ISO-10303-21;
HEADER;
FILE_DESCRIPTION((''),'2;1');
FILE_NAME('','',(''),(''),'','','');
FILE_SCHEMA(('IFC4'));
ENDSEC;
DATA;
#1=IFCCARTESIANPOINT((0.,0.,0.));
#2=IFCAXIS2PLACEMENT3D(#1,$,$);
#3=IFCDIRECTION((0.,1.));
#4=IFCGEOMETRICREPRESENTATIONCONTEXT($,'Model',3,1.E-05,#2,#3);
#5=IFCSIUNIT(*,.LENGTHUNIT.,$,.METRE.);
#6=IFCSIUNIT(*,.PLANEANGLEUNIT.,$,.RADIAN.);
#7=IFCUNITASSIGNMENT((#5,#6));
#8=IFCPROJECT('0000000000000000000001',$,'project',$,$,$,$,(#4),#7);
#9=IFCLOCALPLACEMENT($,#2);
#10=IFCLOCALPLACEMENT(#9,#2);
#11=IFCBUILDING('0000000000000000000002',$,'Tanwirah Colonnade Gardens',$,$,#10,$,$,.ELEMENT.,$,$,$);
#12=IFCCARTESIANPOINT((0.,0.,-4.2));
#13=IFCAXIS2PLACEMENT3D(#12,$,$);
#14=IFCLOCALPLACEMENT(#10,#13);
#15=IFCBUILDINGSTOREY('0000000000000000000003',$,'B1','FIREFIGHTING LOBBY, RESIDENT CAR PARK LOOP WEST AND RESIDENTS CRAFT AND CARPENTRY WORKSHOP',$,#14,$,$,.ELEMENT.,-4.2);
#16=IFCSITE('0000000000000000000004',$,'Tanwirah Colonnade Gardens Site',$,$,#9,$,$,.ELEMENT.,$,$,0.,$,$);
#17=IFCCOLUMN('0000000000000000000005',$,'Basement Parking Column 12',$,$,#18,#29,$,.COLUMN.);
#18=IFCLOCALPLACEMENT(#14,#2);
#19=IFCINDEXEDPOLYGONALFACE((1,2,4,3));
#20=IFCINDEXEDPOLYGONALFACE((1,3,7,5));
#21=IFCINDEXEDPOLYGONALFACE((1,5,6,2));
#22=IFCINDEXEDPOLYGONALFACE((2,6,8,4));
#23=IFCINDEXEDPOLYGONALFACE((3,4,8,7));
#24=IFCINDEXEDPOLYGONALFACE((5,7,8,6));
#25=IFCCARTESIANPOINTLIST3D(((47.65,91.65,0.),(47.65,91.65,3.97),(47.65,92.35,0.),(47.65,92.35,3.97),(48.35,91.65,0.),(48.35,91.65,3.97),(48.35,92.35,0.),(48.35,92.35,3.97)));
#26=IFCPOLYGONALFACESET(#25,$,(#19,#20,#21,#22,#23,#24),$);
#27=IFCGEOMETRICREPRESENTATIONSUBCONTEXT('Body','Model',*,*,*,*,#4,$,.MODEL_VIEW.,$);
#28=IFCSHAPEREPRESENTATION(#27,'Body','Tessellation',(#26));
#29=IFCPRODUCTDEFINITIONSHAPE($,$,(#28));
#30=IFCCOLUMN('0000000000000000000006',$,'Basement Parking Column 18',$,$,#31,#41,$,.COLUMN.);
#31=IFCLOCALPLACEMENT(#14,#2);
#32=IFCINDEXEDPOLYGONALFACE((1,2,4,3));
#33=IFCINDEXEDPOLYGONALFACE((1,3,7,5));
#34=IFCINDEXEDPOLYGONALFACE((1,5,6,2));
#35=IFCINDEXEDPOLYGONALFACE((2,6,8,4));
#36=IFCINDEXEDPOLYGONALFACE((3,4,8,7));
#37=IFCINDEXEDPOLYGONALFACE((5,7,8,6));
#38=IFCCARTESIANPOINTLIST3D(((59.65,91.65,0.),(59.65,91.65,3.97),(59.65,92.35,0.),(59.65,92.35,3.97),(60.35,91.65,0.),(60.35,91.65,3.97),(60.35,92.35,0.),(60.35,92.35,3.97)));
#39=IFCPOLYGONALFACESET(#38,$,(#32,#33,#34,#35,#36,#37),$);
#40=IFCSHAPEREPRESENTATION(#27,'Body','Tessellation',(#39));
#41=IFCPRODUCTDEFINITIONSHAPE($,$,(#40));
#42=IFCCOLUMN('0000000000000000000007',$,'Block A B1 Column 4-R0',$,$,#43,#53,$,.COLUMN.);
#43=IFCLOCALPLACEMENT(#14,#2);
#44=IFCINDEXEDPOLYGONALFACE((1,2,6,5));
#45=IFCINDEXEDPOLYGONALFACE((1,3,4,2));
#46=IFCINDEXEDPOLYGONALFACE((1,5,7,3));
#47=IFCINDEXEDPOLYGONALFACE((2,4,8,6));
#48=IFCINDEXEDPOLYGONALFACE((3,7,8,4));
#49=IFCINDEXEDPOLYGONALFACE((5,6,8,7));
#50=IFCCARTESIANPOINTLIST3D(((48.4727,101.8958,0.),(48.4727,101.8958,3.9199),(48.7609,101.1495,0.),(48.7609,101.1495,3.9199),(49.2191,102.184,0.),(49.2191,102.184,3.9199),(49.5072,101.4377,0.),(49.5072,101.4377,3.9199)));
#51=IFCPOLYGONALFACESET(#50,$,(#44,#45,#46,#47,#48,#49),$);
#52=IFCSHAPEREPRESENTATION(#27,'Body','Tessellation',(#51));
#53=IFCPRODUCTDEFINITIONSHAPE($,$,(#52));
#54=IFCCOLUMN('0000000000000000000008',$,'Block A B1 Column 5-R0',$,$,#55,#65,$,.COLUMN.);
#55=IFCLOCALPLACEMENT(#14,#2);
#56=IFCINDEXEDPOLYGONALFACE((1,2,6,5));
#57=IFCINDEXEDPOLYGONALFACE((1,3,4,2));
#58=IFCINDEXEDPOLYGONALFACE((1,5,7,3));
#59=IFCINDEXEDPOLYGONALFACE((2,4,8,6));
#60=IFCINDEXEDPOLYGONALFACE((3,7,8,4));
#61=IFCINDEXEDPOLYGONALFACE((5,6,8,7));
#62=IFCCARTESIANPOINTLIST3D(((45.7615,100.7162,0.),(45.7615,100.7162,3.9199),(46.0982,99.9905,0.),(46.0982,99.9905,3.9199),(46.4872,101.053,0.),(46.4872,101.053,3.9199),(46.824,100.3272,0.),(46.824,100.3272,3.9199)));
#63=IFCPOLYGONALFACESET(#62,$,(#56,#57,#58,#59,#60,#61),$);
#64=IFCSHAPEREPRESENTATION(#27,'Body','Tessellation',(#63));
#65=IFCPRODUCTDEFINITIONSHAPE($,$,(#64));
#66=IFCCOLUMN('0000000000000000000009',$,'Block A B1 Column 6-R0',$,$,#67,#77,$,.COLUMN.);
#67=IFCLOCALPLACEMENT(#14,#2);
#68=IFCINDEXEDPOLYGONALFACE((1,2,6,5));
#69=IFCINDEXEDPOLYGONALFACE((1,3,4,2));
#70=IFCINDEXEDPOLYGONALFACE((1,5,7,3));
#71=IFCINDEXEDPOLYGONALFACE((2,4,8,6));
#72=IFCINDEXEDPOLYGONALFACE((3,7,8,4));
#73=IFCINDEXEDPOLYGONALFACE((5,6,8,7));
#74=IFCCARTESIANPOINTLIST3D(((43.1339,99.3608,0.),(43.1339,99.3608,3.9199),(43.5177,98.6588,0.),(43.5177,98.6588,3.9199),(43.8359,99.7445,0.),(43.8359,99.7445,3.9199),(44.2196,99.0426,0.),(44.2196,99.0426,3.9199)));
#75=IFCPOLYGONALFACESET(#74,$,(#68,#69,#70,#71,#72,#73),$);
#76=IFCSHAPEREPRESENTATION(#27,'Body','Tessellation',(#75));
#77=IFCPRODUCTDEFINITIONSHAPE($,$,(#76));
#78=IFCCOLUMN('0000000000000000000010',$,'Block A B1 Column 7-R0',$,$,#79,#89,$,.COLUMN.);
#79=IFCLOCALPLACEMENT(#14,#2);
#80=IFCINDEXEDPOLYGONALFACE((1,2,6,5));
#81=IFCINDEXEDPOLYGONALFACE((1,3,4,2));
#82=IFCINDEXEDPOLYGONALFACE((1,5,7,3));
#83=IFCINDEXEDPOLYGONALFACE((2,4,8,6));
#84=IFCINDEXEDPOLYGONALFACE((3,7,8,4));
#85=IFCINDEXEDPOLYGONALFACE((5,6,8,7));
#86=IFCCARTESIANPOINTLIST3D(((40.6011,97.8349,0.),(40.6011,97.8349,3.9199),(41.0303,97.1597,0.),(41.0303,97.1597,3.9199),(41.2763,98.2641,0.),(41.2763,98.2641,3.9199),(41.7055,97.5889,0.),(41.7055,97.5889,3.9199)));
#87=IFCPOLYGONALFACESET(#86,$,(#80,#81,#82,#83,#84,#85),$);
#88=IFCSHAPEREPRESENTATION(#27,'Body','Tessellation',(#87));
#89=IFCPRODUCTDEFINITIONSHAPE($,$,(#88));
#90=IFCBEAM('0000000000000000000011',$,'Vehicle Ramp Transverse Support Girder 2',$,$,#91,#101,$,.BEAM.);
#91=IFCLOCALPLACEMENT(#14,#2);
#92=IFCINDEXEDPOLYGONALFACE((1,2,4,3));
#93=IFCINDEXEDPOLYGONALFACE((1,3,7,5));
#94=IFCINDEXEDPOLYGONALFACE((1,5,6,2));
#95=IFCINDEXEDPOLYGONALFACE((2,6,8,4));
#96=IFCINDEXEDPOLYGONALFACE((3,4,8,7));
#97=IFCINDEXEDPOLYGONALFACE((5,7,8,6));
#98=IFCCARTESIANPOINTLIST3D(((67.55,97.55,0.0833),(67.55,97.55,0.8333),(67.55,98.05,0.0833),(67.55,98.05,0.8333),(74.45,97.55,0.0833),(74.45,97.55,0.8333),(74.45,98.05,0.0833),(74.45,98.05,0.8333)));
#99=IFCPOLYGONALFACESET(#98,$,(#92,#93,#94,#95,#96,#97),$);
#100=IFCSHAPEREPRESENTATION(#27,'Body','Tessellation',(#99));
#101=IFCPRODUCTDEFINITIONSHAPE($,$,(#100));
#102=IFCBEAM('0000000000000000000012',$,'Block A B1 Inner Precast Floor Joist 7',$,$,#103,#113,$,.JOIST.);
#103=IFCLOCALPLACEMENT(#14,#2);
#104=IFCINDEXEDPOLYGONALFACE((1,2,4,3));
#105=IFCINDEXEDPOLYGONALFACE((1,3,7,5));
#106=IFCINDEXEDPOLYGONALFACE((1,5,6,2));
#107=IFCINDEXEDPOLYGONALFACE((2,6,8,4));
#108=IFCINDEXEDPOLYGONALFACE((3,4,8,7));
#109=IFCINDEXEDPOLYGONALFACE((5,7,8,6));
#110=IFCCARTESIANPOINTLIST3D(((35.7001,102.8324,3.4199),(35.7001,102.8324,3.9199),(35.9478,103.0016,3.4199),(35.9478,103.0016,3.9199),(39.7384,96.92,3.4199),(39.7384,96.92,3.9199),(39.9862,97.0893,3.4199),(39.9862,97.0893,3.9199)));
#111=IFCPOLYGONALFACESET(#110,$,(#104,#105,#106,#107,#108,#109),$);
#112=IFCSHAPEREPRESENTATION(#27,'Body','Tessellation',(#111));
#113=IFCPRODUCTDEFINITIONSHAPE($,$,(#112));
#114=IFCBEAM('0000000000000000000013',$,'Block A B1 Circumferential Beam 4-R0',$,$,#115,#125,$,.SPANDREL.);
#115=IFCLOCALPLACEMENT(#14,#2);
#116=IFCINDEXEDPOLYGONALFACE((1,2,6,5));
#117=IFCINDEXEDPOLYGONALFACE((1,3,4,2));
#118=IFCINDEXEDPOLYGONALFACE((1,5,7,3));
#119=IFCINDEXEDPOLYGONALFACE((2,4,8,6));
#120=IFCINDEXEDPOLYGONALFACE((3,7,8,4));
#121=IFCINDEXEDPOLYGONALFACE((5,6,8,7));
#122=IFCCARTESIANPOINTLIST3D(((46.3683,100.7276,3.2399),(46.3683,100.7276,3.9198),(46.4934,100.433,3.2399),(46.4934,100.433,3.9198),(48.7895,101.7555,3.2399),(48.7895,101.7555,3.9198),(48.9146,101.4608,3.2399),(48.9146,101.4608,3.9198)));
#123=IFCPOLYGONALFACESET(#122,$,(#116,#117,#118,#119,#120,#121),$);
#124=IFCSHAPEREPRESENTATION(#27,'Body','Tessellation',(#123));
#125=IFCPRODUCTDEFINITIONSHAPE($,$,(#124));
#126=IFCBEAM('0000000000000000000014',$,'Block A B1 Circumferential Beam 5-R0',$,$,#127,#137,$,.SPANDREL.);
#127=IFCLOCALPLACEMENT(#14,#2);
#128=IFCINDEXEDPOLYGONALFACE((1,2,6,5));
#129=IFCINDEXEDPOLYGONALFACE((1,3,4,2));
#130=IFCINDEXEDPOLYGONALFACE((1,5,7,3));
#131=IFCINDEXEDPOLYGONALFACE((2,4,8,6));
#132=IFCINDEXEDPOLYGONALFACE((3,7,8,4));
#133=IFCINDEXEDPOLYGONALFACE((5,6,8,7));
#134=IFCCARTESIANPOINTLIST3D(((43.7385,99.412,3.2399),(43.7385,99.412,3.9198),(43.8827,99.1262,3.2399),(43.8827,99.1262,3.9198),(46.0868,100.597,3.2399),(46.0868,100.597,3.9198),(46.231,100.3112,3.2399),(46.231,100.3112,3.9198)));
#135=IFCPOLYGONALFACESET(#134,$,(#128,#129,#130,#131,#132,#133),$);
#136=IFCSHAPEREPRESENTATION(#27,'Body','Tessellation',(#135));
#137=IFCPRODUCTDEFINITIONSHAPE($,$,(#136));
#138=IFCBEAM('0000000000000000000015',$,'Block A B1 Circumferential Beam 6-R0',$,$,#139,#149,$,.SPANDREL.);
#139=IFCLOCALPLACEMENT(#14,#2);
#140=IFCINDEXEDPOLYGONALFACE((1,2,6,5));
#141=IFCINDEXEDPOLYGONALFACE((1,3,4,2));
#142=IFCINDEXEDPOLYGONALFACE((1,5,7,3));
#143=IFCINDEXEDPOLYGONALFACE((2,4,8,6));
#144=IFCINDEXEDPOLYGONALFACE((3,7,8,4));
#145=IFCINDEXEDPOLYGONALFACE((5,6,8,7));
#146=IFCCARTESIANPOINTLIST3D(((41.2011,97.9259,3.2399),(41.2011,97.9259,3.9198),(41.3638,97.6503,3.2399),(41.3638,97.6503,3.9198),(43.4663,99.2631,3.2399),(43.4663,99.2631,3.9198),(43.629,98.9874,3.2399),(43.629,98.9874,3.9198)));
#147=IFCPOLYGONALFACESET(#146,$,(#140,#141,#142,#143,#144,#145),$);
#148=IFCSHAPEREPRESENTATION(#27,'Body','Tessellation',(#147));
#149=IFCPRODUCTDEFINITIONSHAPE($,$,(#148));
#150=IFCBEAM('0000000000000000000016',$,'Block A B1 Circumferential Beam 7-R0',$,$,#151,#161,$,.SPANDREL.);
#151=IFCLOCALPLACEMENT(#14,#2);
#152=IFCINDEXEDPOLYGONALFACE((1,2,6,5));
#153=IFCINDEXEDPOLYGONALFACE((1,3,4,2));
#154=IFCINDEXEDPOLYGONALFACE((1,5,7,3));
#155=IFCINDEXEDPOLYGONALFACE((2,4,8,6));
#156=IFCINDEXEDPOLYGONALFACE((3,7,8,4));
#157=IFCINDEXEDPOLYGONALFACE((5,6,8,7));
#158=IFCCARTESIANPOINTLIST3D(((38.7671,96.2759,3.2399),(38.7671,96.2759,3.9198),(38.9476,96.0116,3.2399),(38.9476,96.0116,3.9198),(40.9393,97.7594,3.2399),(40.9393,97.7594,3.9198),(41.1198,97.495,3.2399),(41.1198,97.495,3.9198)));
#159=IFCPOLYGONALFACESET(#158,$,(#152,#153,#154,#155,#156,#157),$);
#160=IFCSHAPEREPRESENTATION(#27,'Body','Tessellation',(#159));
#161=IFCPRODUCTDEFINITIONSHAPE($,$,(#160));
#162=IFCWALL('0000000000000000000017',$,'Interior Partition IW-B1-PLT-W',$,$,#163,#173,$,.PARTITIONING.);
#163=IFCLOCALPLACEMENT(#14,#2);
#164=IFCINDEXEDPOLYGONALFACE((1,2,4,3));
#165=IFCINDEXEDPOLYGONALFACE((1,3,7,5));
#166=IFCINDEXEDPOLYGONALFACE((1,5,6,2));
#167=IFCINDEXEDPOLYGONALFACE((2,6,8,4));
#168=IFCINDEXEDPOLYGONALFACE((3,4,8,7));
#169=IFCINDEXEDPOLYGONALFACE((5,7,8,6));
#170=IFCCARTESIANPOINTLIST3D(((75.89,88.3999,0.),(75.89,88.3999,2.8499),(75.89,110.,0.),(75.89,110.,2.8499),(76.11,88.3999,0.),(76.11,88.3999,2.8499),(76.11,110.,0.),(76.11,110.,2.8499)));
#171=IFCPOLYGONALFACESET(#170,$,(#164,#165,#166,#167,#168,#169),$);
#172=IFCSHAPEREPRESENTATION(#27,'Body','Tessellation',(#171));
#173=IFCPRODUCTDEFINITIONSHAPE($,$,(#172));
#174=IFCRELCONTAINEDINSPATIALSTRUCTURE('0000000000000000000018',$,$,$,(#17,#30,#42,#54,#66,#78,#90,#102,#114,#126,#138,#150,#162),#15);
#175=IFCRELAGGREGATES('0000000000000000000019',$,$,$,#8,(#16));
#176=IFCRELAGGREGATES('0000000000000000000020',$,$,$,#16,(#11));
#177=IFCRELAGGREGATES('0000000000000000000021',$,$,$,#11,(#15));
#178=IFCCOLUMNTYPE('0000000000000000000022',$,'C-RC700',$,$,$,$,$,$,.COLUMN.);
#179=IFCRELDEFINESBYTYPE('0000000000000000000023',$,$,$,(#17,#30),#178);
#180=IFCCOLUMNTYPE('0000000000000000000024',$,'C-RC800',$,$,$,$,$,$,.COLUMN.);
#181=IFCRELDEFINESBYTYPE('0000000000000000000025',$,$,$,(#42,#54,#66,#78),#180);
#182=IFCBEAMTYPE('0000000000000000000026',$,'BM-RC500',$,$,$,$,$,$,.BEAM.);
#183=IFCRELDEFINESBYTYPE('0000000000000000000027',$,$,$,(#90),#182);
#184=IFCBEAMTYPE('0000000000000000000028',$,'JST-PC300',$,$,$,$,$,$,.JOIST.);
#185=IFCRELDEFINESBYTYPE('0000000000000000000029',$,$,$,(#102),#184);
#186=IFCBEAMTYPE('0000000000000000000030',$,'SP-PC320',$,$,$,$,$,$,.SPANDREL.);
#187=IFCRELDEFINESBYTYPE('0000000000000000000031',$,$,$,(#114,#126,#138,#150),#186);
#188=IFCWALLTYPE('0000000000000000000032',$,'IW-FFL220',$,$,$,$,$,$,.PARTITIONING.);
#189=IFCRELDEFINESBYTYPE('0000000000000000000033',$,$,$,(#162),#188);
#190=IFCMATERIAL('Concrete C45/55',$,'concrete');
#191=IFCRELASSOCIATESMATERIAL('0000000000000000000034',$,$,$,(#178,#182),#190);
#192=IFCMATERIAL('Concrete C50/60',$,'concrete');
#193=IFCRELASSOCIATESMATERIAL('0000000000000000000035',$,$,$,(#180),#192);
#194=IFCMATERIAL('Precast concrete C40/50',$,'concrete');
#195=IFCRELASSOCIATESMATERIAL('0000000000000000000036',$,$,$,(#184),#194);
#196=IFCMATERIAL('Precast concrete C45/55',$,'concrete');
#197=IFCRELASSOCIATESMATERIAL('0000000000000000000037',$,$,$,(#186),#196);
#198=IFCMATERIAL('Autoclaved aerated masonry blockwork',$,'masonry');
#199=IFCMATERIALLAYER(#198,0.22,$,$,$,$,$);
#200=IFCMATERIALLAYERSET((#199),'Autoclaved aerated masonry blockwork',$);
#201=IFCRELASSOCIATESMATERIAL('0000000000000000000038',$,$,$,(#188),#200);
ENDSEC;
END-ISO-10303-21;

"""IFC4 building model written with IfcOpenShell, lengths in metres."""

from ifc_helpers import new_model, si_unit, direction, frame, frame_2d, origin, origin_2d, place, context, subcontext, project, spatial, rectangle, extrude, material, layer, layer_set, material_profile, profile_set, type_object, element, save


model = new_model("IFC4")

# Units and contexts
model_context = context("Model", 3, precision=1e-05, world=origin(), true_north=direction((0.0, 1.0)))
body_context = subcontext(model_context, "Body", "Model", "MODEL_VIEW")
ifc_project = project(units=[si_unit("LENGTHUNIT", "METRE"), si_unit("PLANEANGLEUNIT", "RADIAN")], contexts=[model_context])

# Site, building, storey
site_placement = place(None, origin())
site = spatial("IfcSite", under=ifc_project, at=site_placement, Name="Tanwirah Colonnade Gardens Site", CompositionType="ELEMENT", RefElevation=0.0)
building_placement = place(site_placement, origin())
building = spatial("IfcBuilding", under=site, at=building_placement, Name="Tanwirah Colonnade Gardens", CompositionType="ELEMENT")
storey_placement = place(building_placement, frame((0.0, 0.0, -4.2)))
storey = spatial("IfcBuildingStorey", under=building, at=storey_placement, Name="B1", Description="FIREFIGHTING LOBBY, RESIDENT CAR PARK LOOP WEST AND RESIDENTS CRAFT AND CARPENTRY WORKSHOP", CompositionType="ELEMENT", Elevation=-4.2)

# Shared definitions
ifc_material_1 = material(Name="Concrete C45/55", Category="concrete")

# Columns
ifc_material_profile_1 = material_profile(ifc_material_1, rectangle(XDim=0.7, YDim=0.7, at=origin_2d()), Name="RC-COL 700x700")
ifc_profile_set_1 = profile_set([ifc_material_profile_1], Name="Concrete C45/55")
column_type_1 = type_object("IfcColumnType", Name="C-RC700", PredefinedType="COLUMN", material=ifc_profile_set_1)
for number, where, z_axis, x_axis, name in (
    (1, (48.0, 92.0, 0.0), (0.0, 0.0, 1.0), (1.0, 0.0, 0.0), "Basement Parking Column 12"),
    (2, (60.0, 92.0, 0.0), (0.0, 0.0, 1.0), (1.0, 0.0, 0.0), "Basement Parking Column 18"),
):
    element("IfcColumn", number, at=place(storey_placement, frame(where, z_axis=z_axis, x_axis=x_axis)), inside=storey, type_object=column_type_1, Name=name, PredefinedType="COLUMN", context=body_context, shape_type="SweptSolid", body=[
        extrude(rectangle(XDim=0.7, YDim=0.7, at=origin_2d()), origin(), (0.0, 0.0, 1.0), 3.97),
    ])
ifc_material_2 = material(Name="Concrete C50/60", Category="concrete")
ifc_material_profile_2 = material_profile(ifc_material_2, rectangle(XDim=0.8, YDim=0.8, at=origin_2d()), Name="RC-COL 800x800")
ifc_profile_set_2 = profile_set([ifc_material_profile_2], Name="Concrete C50/60")
column_type_2 = type_object("IfcColumnType", Name="C-RC800", PredefinedType="COLUMN", material=ifc_profile_set_2)
for number, where, z_axis, x_axis, name in (
    (3, (48.99, 101.6667, 0.0), (0.0, 0.0, 1.0), (-0.360178, 0.932884, 0.0), "Block A B1 Column 4-R0"),
    (4, (46.2927, 100.5217, 0.0), (0.0, 0.0, 1.0), (-0.42086, 0.907126, 0.0), "Block A B1 Column 5-R0"),
    (5, (43.6768, 99.2017, 0.0), (0.0, 0.0, 1.0), (-0.479713, 0.877425, 0.0), "Block A B1 Column 6-R0"),
    (6, (41.1533, 97.7119, 0.0), (0.0, 0.0, 1.0), (-0.536482, 0.843912, 0.0), "Block A B1 Column 7-R0"),
):
    element("IfcColumn", number, at=place(storey_placement, frame(where, z_axis=z_axis, x_axis=x_axis)), inside=storey, type_object=column_type_2, Name=name, PredefinedType="COLUMN", context=body_context, shape_type="SweptSolid", body=[
        extrude(rectangle(XDim=0.8, YDim=0.8, at=origin_2d()), origin(), (0.0, 0.0, 1.0), 3.9199),
    ])

# Beams
ifc_material_profile_3 = material_profile(ifc_material_1, rectangle(XDim=0.5, YDim=0.75, at=origin_2d()), Name="RC-BM 500x750")
ifc_profile_set_3 = profile_set([ifc_material_profile_3], Name="Concrete C45/55")
beam_type_1 = type_object("IfcBeamType", Name="BM-RC500", PredefinedType="BEAM", material=ifc_profile_set_3)
beam_1_placement = place(storey_placement, frame((67.55, 97.8, 0.4583), z_axis=(1.0, 0.0, 0.0), x_axis=(0.0, 1.0, 0.0)))
element("IfcBeam", 7, at=beam_1_placement, inside=storey, type_object=beam_type_1, Name="Vehicle Ramp Transverse Support Girder 2", PredefinedType="BEAM", context=body_context, shape_type="SweptSolid", body=[
    extrude(rectangle(XDim=0.5, YDim=0.75, at=origin_2d()), origin(), (0.0, 0.0, 1.0), 6.8999),
])
ifc_material_3 = material(Name="Precast concrete C40/50", Category="concrete")
ifc_material_profile_4 = material_profile(ifc_material_3, rectangle(XDim=0.3, YDim=0.5, at=origin_2d()), Name="PC-JST 300x500")
ifc_profile_set_4 = profile_set([ifc_material_profile_4], Name="Precast concrete C40/50")
beam_type_2 = type_object("IfcBeamType", Name="JST-PC300", PredefinedType="JOIST", material=ifc_profile_set_4)
beam_2_placement = place(storey_placement, frame((39.8623, 97.0046, 3.6699), z_axis=(-0.564021, 0.82576, 0.0), x_axis=(-0.82576, -0.564021, 0.0)))
element("IfcBeam", 8, at=beam_2_placement, inside=storey, type_object=beam_type_2, Name="Block A B1 Inner Precast Floor Joist 7", PredefinedType="JOIST", context=body_context, shape_type="SweptSolid", body=[
    extrude(rectangle(XDim=0.3, YDim=0.5, at=origin_2d()), origin(), (0.0, 0.0, 1.0), 7.1599),
])
ifc_material_4 = material(Name="Precast concrete C45/55", Category="concrete")
ifc_material_profile_5 = material_profile(ifc_material_4, rectangle(XDim=0.3201, YDim=0.6799, at=origin_2d()), Name="PC-SP 320x680")
ifc_profile_set_5 = profile_set([ifc_material_profile_5], Name="Precast concrete C45/55")
beam_type_3 = type_object("IfcBeamType", Name="SP-PC320", PredefinedType="SPANDREL", material=ifc_profile_set_5)
for number, where, z_axis, x_axis, name in (
    (9, (48.8521, 101.6082, 3.5798), (-0.920489, -0.390769, 0.0), (0.390769, -0.920489, 0.0), "Block A B1 Circumferential Beam 4-R0"),
    (10, (46.1589, 100.4541, 3.5798), (-0.892769, -0.450515, 0.0), (0.450515, -0.892769, 0.0), "Block A B1 Circumferential Beam 5-R0"),
    (11, (43.5476, 99.1252, 3.5798), (-0.861148, -0.508354, 0.0), (0.508354, -0.861148, 0.0), "Block A B1 Circumferential Beam 6-R0"),
    (12, (41.0295, 97.6272, 3.5798), (-0.825801, -0.563962, 0.0), (0.563962, -0.825801, 0.0), "Block A B1 Circumferential Beam 7-R0"),
):
    element("IfcBeam", number, at=place(storey_placement, frame(where, z_axis=z_axis, x_axis=x_axis)), inside=storey, type_object=beam_type_3, Name=name, PredefinedType="SPANDREL", context=body_context, shape_type="SweptSolid", body=[
        extrude(rectangle(XDim=0.3201, YDim=0.6799, at=origin_2d()), origin(), (0.0, 0.0, 1.0), 2.6304),
    ])

# Wall
ifc_material_5 = material(Name="Autoclaved aerated masonry blockwork", Category="masonry")
ifc_layer_1 = layer(ifc_material_5, 0.22)
ifc_layer_set_1 = layer_set([ifc_layer_1], Name="Autoclaved aerated masonry blockwork")
wall_type_1 = type_object("IfcWallType", Name="IW-FFL220", PredefinedType="PARTITIONING", material=ifc_layer_set_1)
wall_1_placement = place(storey_placement, frame((76.0, 88.3999, 0.0), z_axis=(0.0, 0.0, 1.0), x_axis=(0.0, 1.0, 0.0)))
element("IfcWall", 13, at=wall_1_placement, inside=storey, type_object=wall_type_1, Name="Interior Partition IW-B1-PLT-W", PredefinedType="PARTITIONING", context=body_context, shape_type="SweptSolid", body=[
    extrude(rectangle(XDim=21.6001, YDim=0.22, at=frame_2d((10.8, 0.0))), origin(), (0.0, 0.0, 1.0), 2.8499),
])

save(model, "model.ifc")
